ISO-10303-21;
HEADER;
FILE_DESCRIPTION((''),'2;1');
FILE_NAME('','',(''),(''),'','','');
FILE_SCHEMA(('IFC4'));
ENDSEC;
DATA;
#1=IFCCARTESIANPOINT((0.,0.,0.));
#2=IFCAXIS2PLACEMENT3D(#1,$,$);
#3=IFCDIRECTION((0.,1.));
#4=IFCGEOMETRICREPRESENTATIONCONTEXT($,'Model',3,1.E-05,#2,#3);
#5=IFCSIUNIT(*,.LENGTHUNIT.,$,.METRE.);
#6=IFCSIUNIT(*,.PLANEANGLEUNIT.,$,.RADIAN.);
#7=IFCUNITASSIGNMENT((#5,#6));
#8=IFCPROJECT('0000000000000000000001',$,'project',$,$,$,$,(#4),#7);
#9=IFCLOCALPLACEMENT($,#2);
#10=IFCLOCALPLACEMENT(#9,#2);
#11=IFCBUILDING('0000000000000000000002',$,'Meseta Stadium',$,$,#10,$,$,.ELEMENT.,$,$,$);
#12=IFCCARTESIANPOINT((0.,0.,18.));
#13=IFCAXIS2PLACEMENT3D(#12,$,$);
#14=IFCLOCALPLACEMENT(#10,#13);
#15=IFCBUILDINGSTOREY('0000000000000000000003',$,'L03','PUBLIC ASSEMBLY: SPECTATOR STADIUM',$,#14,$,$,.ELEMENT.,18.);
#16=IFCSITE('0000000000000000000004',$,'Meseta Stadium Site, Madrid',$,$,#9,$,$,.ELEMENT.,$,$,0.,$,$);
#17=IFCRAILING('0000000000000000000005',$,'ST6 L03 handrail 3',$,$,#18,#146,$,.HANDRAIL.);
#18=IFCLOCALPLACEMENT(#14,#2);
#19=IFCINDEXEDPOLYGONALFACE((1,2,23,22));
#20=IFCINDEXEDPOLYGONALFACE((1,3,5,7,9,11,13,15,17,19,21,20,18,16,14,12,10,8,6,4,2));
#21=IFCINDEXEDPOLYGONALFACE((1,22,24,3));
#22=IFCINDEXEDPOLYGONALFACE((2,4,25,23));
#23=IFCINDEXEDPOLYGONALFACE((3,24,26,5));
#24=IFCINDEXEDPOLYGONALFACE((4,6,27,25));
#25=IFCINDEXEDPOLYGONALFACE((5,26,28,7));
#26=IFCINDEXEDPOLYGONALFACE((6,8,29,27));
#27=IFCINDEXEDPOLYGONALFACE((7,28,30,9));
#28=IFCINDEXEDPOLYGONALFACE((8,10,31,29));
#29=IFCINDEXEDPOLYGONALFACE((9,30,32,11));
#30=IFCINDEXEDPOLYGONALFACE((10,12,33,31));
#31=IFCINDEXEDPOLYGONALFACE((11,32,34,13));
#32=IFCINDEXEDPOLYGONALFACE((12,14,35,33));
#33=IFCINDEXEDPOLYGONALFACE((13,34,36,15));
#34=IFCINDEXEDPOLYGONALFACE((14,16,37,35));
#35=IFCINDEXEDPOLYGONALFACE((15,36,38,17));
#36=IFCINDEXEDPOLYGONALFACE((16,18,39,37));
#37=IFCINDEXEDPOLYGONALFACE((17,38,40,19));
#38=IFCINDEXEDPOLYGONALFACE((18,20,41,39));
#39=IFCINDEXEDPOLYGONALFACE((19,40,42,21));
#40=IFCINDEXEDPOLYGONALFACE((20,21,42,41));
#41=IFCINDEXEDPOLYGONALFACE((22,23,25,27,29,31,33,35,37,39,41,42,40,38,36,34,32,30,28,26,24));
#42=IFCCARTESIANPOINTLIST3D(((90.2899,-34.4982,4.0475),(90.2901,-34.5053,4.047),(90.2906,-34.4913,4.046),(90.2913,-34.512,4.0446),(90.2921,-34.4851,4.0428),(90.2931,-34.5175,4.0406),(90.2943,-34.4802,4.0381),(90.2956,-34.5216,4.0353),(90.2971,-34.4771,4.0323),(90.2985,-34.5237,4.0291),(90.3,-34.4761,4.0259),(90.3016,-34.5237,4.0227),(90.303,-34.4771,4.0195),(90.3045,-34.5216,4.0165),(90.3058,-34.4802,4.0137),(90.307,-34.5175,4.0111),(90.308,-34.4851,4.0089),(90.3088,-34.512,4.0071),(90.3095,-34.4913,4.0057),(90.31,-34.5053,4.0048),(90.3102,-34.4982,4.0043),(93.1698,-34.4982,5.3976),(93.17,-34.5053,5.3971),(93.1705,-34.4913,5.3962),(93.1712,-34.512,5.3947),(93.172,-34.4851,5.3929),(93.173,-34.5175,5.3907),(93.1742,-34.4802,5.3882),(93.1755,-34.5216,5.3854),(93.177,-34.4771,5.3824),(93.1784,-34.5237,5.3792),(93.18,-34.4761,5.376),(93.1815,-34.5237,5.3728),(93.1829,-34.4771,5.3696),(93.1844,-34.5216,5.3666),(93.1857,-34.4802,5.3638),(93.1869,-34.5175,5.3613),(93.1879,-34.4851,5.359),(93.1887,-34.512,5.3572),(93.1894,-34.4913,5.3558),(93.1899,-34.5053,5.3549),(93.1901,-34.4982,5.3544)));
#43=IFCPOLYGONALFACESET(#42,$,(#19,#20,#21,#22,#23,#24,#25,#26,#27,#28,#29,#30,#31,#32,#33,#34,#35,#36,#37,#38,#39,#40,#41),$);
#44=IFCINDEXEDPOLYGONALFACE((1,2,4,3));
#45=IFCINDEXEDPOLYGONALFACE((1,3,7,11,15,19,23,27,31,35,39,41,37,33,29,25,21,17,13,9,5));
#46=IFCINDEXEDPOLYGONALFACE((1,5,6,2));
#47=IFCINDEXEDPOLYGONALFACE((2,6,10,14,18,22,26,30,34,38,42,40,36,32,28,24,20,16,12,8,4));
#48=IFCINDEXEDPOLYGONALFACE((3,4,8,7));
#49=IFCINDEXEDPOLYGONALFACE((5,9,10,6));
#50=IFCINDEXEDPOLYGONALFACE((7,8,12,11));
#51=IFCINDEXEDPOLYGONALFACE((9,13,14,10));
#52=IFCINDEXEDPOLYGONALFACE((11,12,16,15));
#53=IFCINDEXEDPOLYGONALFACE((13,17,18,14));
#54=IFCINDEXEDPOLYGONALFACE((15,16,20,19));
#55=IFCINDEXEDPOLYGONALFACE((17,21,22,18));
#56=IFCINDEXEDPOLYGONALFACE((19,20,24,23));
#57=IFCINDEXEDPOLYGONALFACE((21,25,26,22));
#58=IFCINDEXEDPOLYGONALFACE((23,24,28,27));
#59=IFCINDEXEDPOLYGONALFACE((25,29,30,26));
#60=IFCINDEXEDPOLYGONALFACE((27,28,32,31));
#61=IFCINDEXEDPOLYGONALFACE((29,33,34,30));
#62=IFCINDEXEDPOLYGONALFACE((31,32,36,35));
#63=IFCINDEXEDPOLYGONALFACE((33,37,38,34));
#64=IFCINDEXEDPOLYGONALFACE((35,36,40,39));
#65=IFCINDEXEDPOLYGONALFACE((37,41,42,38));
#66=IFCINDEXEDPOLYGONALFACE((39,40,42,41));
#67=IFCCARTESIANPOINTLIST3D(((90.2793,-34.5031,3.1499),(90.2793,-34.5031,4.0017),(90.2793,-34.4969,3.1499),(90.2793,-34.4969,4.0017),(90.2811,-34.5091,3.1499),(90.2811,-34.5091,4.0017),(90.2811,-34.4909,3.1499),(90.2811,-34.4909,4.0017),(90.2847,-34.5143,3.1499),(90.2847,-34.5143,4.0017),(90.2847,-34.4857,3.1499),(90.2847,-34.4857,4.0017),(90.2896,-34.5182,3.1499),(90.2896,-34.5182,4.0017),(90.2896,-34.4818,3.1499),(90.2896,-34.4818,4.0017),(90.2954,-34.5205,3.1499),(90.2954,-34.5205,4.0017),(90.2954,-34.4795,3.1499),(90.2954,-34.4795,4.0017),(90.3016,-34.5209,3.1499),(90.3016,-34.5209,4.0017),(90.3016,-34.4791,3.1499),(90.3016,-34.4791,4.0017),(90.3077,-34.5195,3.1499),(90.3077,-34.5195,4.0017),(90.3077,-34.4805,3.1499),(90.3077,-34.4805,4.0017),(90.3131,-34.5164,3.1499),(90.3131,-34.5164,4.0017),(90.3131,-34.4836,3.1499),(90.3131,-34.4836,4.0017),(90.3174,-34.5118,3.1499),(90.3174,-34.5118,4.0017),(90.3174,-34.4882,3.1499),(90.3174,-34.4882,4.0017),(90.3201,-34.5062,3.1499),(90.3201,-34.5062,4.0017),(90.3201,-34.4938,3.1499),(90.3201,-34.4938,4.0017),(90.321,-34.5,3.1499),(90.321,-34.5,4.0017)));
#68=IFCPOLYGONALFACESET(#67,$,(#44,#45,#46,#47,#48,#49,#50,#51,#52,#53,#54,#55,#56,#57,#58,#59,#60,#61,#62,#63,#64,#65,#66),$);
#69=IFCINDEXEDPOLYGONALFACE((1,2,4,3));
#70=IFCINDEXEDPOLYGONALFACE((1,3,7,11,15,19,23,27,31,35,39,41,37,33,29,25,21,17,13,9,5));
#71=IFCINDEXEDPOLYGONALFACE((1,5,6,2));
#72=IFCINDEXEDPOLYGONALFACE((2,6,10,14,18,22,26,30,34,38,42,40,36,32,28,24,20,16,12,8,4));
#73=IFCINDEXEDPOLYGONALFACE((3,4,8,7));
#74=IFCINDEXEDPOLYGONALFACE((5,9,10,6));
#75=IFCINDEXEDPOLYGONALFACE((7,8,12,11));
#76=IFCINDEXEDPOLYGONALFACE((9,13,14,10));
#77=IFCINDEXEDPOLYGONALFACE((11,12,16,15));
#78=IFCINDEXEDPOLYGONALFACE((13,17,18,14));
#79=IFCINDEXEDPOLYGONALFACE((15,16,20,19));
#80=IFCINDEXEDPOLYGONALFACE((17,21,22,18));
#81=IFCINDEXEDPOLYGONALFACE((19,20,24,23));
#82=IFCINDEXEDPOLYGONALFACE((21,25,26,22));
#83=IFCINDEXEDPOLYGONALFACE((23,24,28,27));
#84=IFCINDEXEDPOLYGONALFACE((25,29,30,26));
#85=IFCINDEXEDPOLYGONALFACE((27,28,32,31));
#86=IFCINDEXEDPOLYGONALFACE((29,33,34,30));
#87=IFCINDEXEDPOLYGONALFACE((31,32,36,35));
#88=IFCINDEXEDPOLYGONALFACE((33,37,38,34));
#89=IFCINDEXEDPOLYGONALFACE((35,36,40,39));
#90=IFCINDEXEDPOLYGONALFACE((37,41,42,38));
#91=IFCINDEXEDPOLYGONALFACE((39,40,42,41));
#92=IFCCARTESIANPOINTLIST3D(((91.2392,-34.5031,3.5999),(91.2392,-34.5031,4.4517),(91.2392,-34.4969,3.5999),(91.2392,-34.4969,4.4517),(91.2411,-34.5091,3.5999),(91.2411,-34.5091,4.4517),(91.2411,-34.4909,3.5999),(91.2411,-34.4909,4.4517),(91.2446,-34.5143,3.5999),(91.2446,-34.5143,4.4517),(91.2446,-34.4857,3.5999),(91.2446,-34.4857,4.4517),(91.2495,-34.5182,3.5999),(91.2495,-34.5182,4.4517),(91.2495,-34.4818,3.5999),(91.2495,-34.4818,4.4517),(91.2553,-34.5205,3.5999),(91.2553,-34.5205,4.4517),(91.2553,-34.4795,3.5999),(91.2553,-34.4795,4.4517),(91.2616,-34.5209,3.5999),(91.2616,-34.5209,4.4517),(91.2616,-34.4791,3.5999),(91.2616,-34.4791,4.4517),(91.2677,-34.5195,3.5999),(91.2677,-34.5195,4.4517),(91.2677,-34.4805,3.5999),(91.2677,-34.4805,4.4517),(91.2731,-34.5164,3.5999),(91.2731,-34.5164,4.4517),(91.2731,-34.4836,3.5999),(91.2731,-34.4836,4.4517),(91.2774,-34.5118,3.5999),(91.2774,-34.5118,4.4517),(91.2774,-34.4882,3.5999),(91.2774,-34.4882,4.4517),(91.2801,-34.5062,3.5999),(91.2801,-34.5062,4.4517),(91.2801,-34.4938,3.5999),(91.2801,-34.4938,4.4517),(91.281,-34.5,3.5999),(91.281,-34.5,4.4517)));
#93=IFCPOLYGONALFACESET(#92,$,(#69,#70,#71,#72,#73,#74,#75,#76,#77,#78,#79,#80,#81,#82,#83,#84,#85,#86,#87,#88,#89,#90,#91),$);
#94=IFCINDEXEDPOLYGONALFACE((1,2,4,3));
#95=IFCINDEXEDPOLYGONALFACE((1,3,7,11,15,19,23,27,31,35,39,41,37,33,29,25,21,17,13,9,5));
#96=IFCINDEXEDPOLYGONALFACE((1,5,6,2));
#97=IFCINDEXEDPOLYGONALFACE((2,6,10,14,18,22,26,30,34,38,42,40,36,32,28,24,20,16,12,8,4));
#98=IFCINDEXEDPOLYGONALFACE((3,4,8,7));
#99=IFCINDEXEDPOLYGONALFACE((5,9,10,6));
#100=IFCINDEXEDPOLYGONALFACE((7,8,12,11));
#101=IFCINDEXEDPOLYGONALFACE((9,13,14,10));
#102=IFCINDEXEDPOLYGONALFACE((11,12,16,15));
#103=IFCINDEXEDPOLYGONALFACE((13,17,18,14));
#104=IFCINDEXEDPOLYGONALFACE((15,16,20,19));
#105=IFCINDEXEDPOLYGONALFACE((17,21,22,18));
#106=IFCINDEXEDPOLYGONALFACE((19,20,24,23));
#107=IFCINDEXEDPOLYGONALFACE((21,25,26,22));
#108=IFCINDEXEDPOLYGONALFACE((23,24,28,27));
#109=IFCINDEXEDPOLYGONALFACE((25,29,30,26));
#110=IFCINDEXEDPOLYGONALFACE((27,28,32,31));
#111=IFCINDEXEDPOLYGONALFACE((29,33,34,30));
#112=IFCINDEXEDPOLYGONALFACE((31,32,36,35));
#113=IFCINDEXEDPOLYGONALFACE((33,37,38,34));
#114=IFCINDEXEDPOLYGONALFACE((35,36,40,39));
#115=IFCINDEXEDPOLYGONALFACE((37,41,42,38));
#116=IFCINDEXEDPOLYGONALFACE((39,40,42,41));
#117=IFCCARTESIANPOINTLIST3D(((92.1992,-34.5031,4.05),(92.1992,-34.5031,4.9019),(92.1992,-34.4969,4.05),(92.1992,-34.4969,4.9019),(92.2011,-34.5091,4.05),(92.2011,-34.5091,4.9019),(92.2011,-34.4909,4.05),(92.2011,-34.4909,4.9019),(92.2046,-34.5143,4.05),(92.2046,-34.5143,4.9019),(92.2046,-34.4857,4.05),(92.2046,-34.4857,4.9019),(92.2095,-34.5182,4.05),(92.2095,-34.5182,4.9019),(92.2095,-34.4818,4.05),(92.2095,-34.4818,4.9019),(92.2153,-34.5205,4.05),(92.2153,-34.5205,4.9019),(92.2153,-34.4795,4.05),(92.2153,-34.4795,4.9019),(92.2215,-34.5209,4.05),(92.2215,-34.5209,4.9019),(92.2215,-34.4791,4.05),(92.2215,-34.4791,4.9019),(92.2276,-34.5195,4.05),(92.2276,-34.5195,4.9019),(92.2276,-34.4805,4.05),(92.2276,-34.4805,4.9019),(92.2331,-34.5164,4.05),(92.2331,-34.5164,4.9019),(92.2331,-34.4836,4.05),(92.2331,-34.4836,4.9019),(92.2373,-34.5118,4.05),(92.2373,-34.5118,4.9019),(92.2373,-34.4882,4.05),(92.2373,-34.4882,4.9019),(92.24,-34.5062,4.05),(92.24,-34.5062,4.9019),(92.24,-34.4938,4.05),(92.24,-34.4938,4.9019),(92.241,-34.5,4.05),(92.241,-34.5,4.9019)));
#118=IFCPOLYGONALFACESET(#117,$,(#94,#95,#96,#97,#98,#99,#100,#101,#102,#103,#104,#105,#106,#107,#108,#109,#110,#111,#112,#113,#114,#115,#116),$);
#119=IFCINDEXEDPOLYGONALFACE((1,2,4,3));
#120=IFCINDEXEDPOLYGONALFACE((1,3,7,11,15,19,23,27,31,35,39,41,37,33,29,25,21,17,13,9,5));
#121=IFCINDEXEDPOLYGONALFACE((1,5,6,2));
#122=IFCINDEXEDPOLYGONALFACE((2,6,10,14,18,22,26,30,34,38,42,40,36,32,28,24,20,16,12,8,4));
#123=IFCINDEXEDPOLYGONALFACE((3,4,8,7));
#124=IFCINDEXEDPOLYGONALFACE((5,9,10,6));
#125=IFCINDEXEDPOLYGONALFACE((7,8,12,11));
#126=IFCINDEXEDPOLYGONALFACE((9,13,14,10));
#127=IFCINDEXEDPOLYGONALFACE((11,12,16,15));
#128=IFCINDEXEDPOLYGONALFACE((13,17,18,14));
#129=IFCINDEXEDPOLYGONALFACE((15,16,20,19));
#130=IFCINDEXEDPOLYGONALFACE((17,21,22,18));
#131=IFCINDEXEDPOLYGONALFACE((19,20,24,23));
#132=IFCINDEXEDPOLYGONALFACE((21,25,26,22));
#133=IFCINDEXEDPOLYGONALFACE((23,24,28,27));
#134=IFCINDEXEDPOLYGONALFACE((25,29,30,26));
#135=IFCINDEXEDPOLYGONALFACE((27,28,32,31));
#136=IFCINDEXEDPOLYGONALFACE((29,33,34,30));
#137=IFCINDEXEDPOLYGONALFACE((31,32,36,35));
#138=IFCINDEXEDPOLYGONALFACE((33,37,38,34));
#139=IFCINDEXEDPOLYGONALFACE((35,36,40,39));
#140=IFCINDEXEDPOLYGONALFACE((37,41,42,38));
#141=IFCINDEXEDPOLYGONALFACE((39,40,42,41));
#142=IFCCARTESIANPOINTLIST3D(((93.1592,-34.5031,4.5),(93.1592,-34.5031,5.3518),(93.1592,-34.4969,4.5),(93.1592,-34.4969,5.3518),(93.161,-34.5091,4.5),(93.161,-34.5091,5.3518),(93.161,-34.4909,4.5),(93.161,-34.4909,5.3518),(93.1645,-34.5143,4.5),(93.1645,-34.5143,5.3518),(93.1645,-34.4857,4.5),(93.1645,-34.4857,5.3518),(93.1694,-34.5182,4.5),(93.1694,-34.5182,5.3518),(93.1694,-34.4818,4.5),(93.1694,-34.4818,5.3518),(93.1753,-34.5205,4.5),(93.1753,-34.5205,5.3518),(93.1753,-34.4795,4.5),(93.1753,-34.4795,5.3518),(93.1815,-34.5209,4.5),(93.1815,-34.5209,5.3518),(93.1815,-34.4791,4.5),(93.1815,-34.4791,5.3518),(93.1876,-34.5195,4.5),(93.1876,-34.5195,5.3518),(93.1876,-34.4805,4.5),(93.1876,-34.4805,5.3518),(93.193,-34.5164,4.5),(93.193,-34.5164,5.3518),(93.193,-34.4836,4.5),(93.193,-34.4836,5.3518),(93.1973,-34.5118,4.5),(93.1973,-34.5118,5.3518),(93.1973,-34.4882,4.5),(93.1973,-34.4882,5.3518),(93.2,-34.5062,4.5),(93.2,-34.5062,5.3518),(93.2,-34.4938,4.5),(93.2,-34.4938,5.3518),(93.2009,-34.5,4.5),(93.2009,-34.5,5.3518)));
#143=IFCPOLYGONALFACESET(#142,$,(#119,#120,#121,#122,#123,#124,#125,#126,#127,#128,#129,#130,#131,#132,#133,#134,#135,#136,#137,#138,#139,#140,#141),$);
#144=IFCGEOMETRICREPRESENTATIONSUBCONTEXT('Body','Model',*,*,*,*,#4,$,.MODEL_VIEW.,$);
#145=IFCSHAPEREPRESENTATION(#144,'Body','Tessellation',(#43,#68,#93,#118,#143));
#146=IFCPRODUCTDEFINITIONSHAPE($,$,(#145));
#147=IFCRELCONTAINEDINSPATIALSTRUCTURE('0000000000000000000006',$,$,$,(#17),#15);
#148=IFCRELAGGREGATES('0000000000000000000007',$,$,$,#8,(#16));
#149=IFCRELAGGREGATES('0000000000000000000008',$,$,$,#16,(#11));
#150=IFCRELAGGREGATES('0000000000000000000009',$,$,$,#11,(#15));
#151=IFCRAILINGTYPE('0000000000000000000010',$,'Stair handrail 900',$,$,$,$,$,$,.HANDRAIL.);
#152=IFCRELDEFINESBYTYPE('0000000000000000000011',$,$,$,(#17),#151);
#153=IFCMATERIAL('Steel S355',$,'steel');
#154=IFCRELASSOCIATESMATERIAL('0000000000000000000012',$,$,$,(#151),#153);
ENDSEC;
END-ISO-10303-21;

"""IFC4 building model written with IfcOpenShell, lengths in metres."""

from ifc_helpers import new_model, si_unit, direction, frame, origin, origin_2d, place, context, subcontext, project, spatial, circle, extrude, material, type_object, element, save


model = new_model("IFC4")

# Units and contexts
model_context = context("Model", 3, precision=1e-05, world=origin(), true_north=direction((0.0, 1.0)))
body_context = subcontext(model_context, "Body", "Model", "MODEL_VIEW")
ifc_project = project(units=[si_unit("LENGTHUNIT", "METRE"), si_unit("PLANEANGLEUNIT", "RADIAN")], contexts=[model_context])

# Site, building, storey
site_placement = place(None, origin())
site = spatial("IfcSite", under=ifc_project, at=site_placement, Name="Meseta Stadium Site, Madrid", CompositionType="ELEMENT", RefElevation=0.0)
building_placement = place(site_placement, origin())
building = spatial("IfcBuilding", under=site, at=building_placement, Name="Meseta Stadium", CompositionType="ELEMENT")
storey_placement = place(building_placement, frame((0.0, 0.0, 18.0)))
storey = spatial("IfcBuildingStorey", under=building, at=storey_placement, Name="L03", Description="PUBLIC ASSEMBLY: SPECTATOR STADIUM", CompositionType="ELEMENT", Elevation=18.0)

# Railing
ifc_material_1 = material(Name="Steel S355", Category="steel")
railing_type_1 = type_object("IfcRailingType", Name="Stair handrail 900", PredefinedType="HANDRAIL", material=ifc_material_1)
for number, where, name in (
    (1, (90.3, -34.5, 3.1499), "ST6 L03 handrail 3"),
):
    element("IfcRailing", number, at=place(storey_placement, frame(where)), inside=storey, type_object=railing_type_1, Name=name, PredefinedType="HANDRAIL", context=body_context, shape_type="SweptSolid", body=[
        extrude(circle(Radius=0.0239, at=origin_2d()), frame((0.0, 0.0, 0.876), z_axis=(0.90544, 0.0, 0.424473), x_axis=(0.0, 1.0, 0.0)), (0.0, 0.0, 1.0), 3.1807),
        extrude(circle(Radius=0.021, at=origin_2d()), origin(), (0.0, 0.0, 1.0), 0.8518),
        extrude(circle(Radius=0.021, at=origin_2d()), frame((0.96, 0.0, 0.45)), (0.0, 0.0, 1.0), 0.8518),
        extrude(circle(Radius=0.021, at=origin_2d()), frame((1.9199, 0.0, 0.9001)), (0.0, 0.0, 1.0), 0.8518),
        extrude(circle(Radius=0.021, at=origin_2d()), frame((2.8799, 0.0, 1.3501)), (0.0, 0.0, 1.0), 0.8518),
    ])

save(model, "model.ifc")
